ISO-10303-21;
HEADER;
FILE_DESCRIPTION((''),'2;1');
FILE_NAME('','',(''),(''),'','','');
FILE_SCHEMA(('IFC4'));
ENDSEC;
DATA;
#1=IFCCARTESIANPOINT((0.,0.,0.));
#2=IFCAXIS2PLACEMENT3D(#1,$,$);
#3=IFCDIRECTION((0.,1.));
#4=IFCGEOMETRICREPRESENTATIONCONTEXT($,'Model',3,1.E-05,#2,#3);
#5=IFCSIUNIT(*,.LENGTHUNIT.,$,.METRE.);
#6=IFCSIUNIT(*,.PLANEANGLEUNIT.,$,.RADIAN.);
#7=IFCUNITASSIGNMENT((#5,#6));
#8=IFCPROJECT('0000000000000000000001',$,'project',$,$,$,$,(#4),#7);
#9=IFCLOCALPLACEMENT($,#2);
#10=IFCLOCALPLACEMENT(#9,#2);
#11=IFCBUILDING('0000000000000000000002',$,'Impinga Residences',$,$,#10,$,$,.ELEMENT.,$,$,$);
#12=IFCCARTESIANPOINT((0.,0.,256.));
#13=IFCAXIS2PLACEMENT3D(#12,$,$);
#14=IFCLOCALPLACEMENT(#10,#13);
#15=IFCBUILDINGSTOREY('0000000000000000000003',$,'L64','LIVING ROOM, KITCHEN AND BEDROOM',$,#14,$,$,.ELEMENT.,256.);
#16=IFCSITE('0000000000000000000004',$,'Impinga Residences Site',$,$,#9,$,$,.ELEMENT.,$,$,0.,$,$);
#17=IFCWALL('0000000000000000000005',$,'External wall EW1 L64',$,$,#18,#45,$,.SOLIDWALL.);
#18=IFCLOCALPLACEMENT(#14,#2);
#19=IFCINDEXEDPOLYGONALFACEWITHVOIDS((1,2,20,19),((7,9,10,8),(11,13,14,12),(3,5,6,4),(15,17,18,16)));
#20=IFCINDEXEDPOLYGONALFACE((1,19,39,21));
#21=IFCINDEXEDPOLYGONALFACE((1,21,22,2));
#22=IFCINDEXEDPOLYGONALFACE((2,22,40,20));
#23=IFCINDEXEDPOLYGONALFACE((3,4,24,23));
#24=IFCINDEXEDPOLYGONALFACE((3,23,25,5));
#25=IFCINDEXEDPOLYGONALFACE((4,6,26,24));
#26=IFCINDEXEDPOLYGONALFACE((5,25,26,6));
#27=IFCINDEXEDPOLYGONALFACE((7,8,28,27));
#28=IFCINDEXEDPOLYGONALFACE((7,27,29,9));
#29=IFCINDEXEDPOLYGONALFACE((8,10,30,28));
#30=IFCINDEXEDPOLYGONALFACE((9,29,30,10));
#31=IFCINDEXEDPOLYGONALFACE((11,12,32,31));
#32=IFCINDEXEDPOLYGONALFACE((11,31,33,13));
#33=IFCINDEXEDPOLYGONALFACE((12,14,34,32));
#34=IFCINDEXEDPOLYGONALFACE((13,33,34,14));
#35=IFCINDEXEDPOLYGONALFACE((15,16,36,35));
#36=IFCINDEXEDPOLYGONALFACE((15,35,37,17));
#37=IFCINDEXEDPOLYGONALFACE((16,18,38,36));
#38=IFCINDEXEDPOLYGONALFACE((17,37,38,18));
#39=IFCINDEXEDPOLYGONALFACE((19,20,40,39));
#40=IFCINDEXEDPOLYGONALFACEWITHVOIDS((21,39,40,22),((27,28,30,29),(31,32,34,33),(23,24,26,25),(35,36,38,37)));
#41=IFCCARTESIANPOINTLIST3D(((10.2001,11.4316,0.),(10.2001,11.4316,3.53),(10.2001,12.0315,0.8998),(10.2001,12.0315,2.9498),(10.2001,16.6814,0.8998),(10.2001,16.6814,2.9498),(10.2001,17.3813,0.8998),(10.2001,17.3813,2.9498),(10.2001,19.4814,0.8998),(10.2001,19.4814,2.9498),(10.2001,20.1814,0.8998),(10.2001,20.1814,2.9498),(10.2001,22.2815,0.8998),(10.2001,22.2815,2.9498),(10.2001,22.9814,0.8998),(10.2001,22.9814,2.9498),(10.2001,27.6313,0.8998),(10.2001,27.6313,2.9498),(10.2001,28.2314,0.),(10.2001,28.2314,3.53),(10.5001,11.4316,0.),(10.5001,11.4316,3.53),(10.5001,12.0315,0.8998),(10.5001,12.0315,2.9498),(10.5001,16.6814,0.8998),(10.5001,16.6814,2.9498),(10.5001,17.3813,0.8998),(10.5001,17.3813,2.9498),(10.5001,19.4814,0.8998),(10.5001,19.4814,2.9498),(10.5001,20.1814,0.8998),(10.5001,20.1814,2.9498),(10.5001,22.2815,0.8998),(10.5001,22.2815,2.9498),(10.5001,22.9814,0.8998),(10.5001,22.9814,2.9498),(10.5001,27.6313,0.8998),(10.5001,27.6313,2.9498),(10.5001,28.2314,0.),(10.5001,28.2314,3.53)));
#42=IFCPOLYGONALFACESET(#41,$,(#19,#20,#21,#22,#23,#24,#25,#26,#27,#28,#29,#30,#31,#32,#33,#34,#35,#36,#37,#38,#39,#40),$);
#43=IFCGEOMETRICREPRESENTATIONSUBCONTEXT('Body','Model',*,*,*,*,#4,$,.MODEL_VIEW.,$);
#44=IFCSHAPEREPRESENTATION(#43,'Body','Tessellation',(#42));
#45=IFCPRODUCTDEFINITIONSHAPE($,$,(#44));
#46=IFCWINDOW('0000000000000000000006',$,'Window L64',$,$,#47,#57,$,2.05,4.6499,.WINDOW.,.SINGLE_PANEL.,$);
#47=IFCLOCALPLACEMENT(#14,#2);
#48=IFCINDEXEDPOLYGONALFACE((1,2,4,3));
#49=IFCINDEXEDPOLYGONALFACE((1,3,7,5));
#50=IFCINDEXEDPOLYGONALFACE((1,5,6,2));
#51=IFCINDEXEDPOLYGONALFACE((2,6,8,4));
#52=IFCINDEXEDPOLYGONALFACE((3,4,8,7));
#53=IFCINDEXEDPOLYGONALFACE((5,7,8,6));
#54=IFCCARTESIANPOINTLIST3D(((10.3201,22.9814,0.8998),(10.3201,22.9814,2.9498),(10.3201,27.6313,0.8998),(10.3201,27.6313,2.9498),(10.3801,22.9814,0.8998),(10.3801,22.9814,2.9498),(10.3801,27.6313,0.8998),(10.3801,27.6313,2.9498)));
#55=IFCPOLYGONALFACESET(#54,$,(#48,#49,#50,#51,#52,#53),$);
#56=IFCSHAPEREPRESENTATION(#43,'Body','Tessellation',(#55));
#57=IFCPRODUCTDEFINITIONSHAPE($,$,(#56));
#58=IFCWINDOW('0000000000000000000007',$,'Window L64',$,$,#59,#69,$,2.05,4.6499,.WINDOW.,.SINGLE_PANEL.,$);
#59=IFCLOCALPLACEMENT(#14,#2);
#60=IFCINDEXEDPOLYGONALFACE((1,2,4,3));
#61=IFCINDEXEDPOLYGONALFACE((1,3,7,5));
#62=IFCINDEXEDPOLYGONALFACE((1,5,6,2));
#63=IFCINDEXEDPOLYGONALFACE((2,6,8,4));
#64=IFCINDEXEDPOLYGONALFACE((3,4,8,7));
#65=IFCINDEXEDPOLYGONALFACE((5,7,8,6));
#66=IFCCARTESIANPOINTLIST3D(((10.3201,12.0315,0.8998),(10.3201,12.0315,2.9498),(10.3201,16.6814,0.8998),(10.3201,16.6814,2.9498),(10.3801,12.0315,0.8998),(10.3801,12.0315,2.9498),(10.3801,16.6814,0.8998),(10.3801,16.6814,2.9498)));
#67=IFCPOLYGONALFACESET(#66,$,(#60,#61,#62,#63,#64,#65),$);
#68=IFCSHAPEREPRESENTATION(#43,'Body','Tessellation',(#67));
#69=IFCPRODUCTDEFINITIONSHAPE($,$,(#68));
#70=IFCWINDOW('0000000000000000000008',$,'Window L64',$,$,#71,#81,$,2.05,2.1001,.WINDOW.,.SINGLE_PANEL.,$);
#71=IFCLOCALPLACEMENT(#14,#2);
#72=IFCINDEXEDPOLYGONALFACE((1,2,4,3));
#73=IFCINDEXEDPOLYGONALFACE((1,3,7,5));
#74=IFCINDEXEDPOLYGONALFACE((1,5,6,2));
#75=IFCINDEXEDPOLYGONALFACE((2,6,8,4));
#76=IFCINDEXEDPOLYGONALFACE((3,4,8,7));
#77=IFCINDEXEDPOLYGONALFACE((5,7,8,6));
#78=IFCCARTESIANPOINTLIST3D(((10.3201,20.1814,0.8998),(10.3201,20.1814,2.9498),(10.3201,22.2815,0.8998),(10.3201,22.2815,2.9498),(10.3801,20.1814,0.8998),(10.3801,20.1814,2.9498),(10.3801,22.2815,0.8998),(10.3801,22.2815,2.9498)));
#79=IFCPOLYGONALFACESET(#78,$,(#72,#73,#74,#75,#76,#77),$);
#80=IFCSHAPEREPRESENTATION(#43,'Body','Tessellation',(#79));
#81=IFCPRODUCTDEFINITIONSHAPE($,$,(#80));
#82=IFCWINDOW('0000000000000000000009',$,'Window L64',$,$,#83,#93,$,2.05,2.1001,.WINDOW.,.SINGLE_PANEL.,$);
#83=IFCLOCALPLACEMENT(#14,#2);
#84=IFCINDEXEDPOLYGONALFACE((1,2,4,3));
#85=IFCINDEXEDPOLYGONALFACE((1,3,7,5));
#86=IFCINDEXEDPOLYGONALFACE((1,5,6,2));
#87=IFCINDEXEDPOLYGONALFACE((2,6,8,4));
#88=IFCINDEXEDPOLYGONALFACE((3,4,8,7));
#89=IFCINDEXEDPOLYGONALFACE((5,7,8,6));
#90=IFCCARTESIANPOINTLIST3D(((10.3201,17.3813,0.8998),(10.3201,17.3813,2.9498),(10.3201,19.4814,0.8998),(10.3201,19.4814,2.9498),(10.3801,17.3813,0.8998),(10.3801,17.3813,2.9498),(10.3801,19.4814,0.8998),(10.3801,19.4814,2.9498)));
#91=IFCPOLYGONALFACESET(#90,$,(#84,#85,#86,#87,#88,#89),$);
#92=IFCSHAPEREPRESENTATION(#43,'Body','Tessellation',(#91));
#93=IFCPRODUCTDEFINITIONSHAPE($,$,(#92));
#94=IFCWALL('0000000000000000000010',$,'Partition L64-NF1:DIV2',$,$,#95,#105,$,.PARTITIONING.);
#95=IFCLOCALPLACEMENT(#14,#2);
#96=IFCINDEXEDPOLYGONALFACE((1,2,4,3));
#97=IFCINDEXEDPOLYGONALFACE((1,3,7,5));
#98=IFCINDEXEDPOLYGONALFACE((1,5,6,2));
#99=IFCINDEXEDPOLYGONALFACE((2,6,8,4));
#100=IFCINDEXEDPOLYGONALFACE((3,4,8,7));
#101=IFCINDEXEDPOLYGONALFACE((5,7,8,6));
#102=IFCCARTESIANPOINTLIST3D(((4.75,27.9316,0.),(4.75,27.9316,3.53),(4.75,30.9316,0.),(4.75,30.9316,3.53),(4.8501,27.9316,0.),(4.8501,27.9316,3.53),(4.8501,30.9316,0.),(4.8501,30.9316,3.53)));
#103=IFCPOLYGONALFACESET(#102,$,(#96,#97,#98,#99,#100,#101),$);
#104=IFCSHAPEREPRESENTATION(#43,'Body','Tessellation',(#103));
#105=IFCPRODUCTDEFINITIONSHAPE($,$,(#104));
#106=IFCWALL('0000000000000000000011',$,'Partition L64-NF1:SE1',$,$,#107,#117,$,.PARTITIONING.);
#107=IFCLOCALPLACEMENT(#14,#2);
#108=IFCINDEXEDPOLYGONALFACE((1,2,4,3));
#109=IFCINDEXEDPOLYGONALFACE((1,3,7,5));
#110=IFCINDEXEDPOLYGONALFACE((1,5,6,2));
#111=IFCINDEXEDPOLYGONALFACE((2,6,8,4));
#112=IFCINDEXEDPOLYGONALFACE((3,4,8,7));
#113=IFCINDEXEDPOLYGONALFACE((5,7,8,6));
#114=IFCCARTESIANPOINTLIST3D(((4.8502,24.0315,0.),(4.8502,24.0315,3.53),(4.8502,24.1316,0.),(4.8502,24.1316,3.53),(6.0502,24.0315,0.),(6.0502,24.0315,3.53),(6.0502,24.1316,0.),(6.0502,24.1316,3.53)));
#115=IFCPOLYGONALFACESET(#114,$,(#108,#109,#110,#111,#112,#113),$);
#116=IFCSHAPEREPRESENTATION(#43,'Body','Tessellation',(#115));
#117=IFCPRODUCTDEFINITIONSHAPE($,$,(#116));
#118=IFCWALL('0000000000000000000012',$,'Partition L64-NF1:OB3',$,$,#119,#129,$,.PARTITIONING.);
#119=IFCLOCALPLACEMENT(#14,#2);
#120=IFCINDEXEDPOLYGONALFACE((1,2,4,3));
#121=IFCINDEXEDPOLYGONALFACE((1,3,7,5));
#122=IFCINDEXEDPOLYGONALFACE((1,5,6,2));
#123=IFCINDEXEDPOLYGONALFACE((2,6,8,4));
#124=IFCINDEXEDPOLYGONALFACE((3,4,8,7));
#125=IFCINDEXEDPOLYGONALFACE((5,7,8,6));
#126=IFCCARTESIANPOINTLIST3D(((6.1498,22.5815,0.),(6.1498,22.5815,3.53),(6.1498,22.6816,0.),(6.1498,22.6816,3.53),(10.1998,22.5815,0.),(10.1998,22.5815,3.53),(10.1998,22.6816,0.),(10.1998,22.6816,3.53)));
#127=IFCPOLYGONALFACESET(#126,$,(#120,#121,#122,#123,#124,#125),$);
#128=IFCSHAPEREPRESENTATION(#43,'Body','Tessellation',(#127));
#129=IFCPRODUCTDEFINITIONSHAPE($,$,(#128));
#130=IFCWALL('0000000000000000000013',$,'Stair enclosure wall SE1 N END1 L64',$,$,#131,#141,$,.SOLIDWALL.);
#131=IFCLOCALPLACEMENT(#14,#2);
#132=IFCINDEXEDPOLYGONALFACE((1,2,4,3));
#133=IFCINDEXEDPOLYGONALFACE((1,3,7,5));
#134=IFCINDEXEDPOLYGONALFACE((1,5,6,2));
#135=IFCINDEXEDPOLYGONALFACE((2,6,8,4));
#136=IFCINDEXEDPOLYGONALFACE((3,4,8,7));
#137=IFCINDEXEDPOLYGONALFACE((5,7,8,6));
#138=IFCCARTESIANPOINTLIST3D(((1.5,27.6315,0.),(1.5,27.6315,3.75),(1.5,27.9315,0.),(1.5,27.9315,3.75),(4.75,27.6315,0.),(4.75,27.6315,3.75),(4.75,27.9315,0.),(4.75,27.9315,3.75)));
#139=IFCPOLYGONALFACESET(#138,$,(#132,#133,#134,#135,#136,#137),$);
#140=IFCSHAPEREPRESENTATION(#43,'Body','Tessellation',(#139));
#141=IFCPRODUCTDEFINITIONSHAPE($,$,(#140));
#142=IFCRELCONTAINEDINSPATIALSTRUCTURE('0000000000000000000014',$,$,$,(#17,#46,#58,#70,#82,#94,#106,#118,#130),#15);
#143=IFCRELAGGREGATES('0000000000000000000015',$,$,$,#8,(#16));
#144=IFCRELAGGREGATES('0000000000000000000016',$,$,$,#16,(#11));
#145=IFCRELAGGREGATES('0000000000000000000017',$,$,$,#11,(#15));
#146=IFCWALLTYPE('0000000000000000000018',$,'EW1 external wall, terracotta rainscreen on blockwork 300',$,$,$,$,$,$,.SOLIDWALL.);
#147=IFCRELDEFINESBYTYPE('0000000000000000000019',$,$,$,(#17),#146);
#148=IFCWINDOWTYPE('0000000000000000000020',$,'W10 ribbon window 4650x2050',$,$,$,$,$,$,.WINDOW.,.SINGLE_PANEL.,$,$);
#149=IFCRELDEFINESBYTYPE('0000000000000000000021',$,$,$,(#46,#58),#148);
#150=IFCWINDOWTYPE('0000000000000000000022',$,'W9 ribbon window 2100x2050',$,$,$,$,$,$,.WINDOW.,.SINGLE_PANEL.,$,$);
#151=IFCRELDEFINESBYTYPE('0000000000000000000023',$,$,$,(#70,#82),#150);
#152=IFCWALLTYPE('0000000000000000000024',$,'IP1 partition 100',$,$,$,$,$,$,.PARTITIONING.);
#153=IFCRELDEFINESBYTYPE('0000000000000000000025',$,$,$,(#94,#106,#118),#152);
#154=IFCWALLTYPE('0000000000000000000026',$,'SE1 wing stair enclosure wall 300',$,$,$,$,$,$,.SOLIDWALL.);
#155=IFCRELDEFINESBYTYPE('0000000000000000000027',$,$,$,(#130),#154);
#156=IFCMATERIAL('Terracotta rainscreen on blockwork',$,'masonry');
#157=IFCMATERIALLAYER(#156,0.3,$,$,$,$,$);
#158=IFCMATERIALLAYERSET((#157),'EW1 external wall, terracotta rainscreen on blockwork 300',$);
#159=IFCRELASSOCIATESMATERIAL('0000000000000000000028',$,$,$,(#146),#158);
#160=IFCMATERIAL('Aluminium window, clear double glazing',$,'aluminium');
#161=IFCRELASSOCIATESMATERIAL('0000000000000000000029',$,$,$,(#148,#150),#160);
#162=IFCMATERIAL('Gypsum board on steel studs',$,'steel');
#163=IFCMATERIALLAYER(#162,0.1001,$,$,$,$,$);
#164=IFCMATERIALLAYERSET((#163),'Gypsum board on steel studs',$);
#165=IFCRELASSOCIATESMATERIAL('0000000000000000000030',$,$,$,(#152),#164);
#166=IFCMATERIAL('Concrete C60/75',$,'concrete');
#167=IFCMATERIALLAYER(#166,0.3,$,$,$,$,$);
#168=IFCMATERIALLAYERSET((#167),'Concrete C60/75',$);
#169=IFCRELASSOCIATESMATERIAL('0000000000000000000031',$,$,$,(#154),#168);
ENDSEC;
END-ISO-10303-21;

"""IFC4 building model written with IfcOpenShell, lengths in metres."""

from ifc_helpers import new_model, si_unit, direction, frame, frame_2d, origin, place, context, subcontext, project, spatial, rectangle, extrude, material, layer, layer_set, type_object, element, fill, save


model = new_model("IFC4")

# Units and contexts
model_context = context("Model", 3, precision=1e-05, world=origin(), true_north=direction((0.0, 1.0)))
body_context = subcontext(model_context, "Body", "Model", "MODEL_VIEW")
ifc_project = project(units=[si_unit("LENGTHUNIT", "METRE"), si_unit("PLANEANGLEUNIT", "RADIAN")], contexts=[model_context])

# Site, building, storey
site_placement = place(None, origin())
site = spatial("IfcSite", under=ifc_project, at=site_placement, Name="Impinga Residences Site", CompositionType="ELEMENT", RefElevation=0.0)
building_placement = place(site_placement, origin())
building = spatial("IfcBuilding", under=site, at=building_placement, Name="Impinga Residences", CompositionType="ELEMENT")
storey_placement = place(building_placement, frame((0.0, 0.0, 256.0)))
storey = spatial("IfcBuildingStorey", under=building, at=storey_placement, Name="L64", Description="LIVING ROOM, KITCHEN AND BEDROOM", CompositionType="ELEMENT", Elevation=256.0)

# Shared definitions
ifc_material_1 = material(Name="Concrete C60/75", Category="concrete")

# Shared definitions
ifc_material_2 = material(Name="Terracotta rainscreen on blockwork", Category="masonry")
ifc_layer_1 = layer(ifc_material_2, 0.3)
ifc_layer_set_1 = layer_set([ifc_layer_1], Name="EW1 external wall, terracotta rainscreen on blockwork 300")
wall_type_1 = type_object("IfcWallType", Name="EW1 external wall, terracotta rainscreen on blockwork 300", PredefinedType="SOLIDWALL", material=ifc_layer_set_1)

# Wall, openings, windows
wall_1_placement = place(storey_placement, frame((10.3501, 28.2314, 0.0), z_axis=(0.0, 0.0, 1.0), x_axis=(0.0, -1.0, 0.0)))
wall_1 = element("IfcWall", 1, at=wall_1_placement, inside=storey, type_object=wall_type_1, Name="External wall EW1 L64", PredefinedType="SOLIDWALL", context=body_context, shape_type="SweptSolid", body=[
    extrude(rectangle(XDim=16.7998, YDim=0.3, at=frame_2d((8.3999, 0.0))), origin(), (0.0, 0.0, 1.0), 3.53),
])
opening_1_placement = place(wall_1_placement, frame((0.6001, 0.0, 0.8999)))
opening_1 = element("IfcOpeningElement", 2, at=opening_1_placement, cuts=wall_1, PredefinedType="OPENING", context=body_context, shape_type="SweptSolid", body=[
    extrude(rectangle(XDim=4.6499, YDim=2.05, at=frame_2d((2.325, 1.0249))), frame((0.0, 0.1599, 0.0), z_axis=(0.0, -1.0, 0.0), x_axis=(1.0, 0.0, 0.0)), (0.0, 0.0, 1.0), 0.3201),
])
opening_2_placement = place(wall_1_placement, frame((5.95, 0.0, 0.8999)))
opening_2 = element("IfcOpeningElement", 3, at=opening_2_placement, cuts=wall_1, PredefinedType="OPENING", context=body_context, shape_type="SweptSolid", body=[
    extrude(rectangle(XDim=2.1001, YDim=2.05, at=frame_2d((1.05, 1.0249))), frame((0.0, 0.1599, 0.0), z_axis=(0.0, -1.0, 0.0), x_axis=(1.0, 0.0, 0.0)), (0.0, 0.0, 1.0), 0.3201),
])
opening_3_placement = place(wall_1_placement, frame((8.75, 0.0, 0.8999)))
opening_3 = element("IfcOpeningElement", 4, at=opening_3_placement, cuts=wall_1, PredefinedType="OPENING", context=body_context, shape_type="SweptSolid", body=[
    extrude(rectangle(XDim=2.1001, YDim=2.05, at=frame_2d((1.05, 1.0249))), frame((0.0, 0.1599, 0.0), z_axis=(0.0, -1.0, 0.0), x_axis=(1.0, 0.0, 0.0)), (0.0, 0.0, 1.0), 0.3201),
])
opening_4_placement = place(wall_1_placement, frame((11.55, 0.0, 0.8999)))
opening_4 = element("IfcOpeningElement", 5, at=opening_4_placement, cuts=wall_1, PredefinedType="OPENING", context=body_context, shape_type="SweptSolid", body=[
    extrude(rectangle(XDim=4.6499, YDim=2.05, at=frame_2d((2.325, 1.0249))), frame((0.0, 0.1599, 0.0), z_axis=(0.0, -1.0, 0.0), x_axis=(1.0, 0.0, 0.0)), (0.0, 0.0, 1.0), 0.3201),
])
ifc_material_3 = material(Name="Aluminium window, clear double glazing", Category="aluminium")
window_type_1 = type_object("IfcWindowType", Name="W10 ribbon window 4650x2050", PartitioningType="SINGLE_PANEL", PredefinedType="WINDOW", material=ifc_material_3)
window_1_placement = place(opening_1_placement, origin())
window_1 = element("IfcWindow", 6, at=window_1_placement, inside=storey, type_object=window_type_1, Name="Window L64", OverallHeight=2.05, OverallWidth=4.6499, PartitioningType="SINGLE_PANEL", PredefinedType="WINDOW", context=body_context, shape_type="SweptSolid", body=[
    extrude(rectangle(XDim=4.6499, YDim=2.05, at=frame_2d((2.325, 1.0249))), frame((0.0, 0.03, 0.0), z_axis=(0.0, -1.0, 0.0), x_axis=(1.0, 0.0, 0.0)), (0.0, 0.0, 1.0), 0.0601),
])
fill(opening_1, window_1)
window_2_placement = place(opening_4_placement, origin())
window_2 = element("IfcWindow", 7, at=window_2_placement, inside=storey, type_object=window_type_1, Name="Window L64", OverallHeight=2.05, OverallWidth=4.6499, PartitioningType="SINGLE_PANEL", PredefinedType="WINDOW", context=body_context, shape_type="SweptSolid", body=[
    extrude(rectangle(XDim=4.6499, YDim=2.05, at=frame_2d((2.325, 1.0249))), frame((0.0, 0.03, 0.0), z_axis=(0.0, -1.0, 0.0), x_axis=(1.0, 0.0, 0.0)), (0.0, 0.0, 1.0), 0.0601),
])
fill(opening_4, window_2)
window_type_2 = type_object("IfcWindowType", Name="W9 ribbon window 2100x2050", PartitioningType="SINGLE_PANEL", PredefinedType="WINDOW", material=ifc_material_3)
window_3_placement = place(opening_2_placement, origin())
window_3 = element("IfcWindow", 8, at=window_3_placement, inside=storey, type_object=window_type_2, Name="Window L64", OverallHeight=2.05, OverallWidth=2.1001, PartitioningType="SINGLE_PANEL", PredefinedType="WINDOW", context=body_context, shape_type="SweptSolid", body=[
    extrude(rectangle(XDim=2.1001, YDim=2.05, at=frame_2d((1.05, 1.0249))), frame((0.0, 0.03, 0.0), z_axis=(0.0, -1.0, 0.0), x_axis=(1.0, 0.0, 0.0)), (0.0, 0.0, 1.0), 0.0601),
])
fill(opening_2, window_3)
window_4_placement = place(opening_3_placement, origin())
window_4 = element("IfcWindow", 9, at=window_4_placement, inside=storey, type_object=window_type_2, Name="Window L64", OverallHeight=2.05, OverallWidth=2.1001, PartitioningType="SINGLE_PANEL", PredefinedType="WINDOW", context=body_context, shape_type="SweptSolid", body=[
    extrude(rectangle(XDim=2.1001, YDim=2.05, at=frame_2d((1.05, 1.0249))), frame((0.0, 0.03, 0.0), z_axis=(0.0, -1.0, 0.0), x_axis=(1.0, 0.0, 0.0)), (0.0, 0.0, 1.0), 0.0601),
])
fill(opening_3, window_4)

# Walls
ifc_material_4 = material(Name="Gypsum board on steel studs", Category="steel")
ifc_layer_2 = layer(ifc_material_4, 0.1001)
ifc_layer_set_2 = layer_set([ifc_layer_2], Name="Gypsum board on steel studs")
wall_type_2 = type_object("IfcWallType", Name="IP1 partition 100", PredefinedType="PARTITIONING", material=ifc_layer_set_2)
wall_2_placement = place(storey_placement, frame((4.8, 27.9316, 0.0), z_axis=(0.0, 0.0, 1.0), x_axis=(0.0, 1.0, 0.0)))
element("IfcWall", 10, at=wall_2_placement, inside=storey, type_object=wall_type_2, Name="Partition L64-NF1:DIV2", PredefinedType="PARTITIONING", context=body_context, shape_type="SweptSolid", body=[
    extrude(rectangle(XDim=3.0, YDim=0.1001, at=frame_2d((1.5, 0.0))), origin(), (0.0, 0.0, 1.0), 3.53),
])
wall_3_placement = place(storey_placement, frame((4.8501, 24.0815, 0.0), z_axis=(0.0, 0.0, 1.0), x_axis=(1.0, 0.0, 0.0)))
element("IfcWall", 11, at=wall_3_placement, inside=storey, type_object=wall_type_2, Name="Partition L64-NF1:SE1", PredefinedType="PARTITIONING", context=body_context, shape_type="SweptSolid", body=[
    extrude(rectangle(XDim=1.2, YDim=0.1001, at=frame_2d((0.6001, 0.0))), origin(), (0.0, 0.0, 1.0), 3.53),
])
wall_4_placement = place(storey_placement, frame((6.1499, 22.6316, 0.0), z_axis=(0.0, 0.0, 1.0), x_axis=(1.0, 0.0, 0.0)))
element("IfcWall", 12, at=wall_4_placement, inside=storey, type_object=wall_type_2, Name="Partition L64-NF1:OB3", PredefinedType="PARTITIONING", context=body_context, shape_type="SweptSolid", body=[
    extrude(rectangle(XDim=4.05, YDim=0.1001, at=frame_2d((2.0249, 0.0))), origin(), (0.0, 0.0, 1.0), 3.53),
])
ifc_layer_3 = layer(ifc_material_1, 0.3)
ifc_layer_set_3 = layer_set([ifc_layer_3], Name="Concrete C60/75")
wall_type_3 = type_object("IfcWallType", Name="SE1 wing stair enclosure wall 300", PredefinedType="SOLIDWALL", material=ifc_layer_set_3)
wall_5_placement = place(storey_placement, frame((1.5, 27.7815, 0.0), z_axis=(0.0, 0.0, 1.0), x_axis=(1.0, 0.0, 0.0)))
element("IfcWall", 13, at=wall_5_placement, inside=storey, type_object=wall_type_3, Name="Stair enclosure wall SE1 N END1 L64", PredefinedType="SOLIDWALL", context=body_context, shape_type="SweptSolid", body=[
    extrude(rectangle(XDim=3.25, YDim=0.3, at=frame_2d((1.625, 0.0))), origin(), (0.0, 0.0, 1.0), 3.75),
])

save(model, "model.ifc")
